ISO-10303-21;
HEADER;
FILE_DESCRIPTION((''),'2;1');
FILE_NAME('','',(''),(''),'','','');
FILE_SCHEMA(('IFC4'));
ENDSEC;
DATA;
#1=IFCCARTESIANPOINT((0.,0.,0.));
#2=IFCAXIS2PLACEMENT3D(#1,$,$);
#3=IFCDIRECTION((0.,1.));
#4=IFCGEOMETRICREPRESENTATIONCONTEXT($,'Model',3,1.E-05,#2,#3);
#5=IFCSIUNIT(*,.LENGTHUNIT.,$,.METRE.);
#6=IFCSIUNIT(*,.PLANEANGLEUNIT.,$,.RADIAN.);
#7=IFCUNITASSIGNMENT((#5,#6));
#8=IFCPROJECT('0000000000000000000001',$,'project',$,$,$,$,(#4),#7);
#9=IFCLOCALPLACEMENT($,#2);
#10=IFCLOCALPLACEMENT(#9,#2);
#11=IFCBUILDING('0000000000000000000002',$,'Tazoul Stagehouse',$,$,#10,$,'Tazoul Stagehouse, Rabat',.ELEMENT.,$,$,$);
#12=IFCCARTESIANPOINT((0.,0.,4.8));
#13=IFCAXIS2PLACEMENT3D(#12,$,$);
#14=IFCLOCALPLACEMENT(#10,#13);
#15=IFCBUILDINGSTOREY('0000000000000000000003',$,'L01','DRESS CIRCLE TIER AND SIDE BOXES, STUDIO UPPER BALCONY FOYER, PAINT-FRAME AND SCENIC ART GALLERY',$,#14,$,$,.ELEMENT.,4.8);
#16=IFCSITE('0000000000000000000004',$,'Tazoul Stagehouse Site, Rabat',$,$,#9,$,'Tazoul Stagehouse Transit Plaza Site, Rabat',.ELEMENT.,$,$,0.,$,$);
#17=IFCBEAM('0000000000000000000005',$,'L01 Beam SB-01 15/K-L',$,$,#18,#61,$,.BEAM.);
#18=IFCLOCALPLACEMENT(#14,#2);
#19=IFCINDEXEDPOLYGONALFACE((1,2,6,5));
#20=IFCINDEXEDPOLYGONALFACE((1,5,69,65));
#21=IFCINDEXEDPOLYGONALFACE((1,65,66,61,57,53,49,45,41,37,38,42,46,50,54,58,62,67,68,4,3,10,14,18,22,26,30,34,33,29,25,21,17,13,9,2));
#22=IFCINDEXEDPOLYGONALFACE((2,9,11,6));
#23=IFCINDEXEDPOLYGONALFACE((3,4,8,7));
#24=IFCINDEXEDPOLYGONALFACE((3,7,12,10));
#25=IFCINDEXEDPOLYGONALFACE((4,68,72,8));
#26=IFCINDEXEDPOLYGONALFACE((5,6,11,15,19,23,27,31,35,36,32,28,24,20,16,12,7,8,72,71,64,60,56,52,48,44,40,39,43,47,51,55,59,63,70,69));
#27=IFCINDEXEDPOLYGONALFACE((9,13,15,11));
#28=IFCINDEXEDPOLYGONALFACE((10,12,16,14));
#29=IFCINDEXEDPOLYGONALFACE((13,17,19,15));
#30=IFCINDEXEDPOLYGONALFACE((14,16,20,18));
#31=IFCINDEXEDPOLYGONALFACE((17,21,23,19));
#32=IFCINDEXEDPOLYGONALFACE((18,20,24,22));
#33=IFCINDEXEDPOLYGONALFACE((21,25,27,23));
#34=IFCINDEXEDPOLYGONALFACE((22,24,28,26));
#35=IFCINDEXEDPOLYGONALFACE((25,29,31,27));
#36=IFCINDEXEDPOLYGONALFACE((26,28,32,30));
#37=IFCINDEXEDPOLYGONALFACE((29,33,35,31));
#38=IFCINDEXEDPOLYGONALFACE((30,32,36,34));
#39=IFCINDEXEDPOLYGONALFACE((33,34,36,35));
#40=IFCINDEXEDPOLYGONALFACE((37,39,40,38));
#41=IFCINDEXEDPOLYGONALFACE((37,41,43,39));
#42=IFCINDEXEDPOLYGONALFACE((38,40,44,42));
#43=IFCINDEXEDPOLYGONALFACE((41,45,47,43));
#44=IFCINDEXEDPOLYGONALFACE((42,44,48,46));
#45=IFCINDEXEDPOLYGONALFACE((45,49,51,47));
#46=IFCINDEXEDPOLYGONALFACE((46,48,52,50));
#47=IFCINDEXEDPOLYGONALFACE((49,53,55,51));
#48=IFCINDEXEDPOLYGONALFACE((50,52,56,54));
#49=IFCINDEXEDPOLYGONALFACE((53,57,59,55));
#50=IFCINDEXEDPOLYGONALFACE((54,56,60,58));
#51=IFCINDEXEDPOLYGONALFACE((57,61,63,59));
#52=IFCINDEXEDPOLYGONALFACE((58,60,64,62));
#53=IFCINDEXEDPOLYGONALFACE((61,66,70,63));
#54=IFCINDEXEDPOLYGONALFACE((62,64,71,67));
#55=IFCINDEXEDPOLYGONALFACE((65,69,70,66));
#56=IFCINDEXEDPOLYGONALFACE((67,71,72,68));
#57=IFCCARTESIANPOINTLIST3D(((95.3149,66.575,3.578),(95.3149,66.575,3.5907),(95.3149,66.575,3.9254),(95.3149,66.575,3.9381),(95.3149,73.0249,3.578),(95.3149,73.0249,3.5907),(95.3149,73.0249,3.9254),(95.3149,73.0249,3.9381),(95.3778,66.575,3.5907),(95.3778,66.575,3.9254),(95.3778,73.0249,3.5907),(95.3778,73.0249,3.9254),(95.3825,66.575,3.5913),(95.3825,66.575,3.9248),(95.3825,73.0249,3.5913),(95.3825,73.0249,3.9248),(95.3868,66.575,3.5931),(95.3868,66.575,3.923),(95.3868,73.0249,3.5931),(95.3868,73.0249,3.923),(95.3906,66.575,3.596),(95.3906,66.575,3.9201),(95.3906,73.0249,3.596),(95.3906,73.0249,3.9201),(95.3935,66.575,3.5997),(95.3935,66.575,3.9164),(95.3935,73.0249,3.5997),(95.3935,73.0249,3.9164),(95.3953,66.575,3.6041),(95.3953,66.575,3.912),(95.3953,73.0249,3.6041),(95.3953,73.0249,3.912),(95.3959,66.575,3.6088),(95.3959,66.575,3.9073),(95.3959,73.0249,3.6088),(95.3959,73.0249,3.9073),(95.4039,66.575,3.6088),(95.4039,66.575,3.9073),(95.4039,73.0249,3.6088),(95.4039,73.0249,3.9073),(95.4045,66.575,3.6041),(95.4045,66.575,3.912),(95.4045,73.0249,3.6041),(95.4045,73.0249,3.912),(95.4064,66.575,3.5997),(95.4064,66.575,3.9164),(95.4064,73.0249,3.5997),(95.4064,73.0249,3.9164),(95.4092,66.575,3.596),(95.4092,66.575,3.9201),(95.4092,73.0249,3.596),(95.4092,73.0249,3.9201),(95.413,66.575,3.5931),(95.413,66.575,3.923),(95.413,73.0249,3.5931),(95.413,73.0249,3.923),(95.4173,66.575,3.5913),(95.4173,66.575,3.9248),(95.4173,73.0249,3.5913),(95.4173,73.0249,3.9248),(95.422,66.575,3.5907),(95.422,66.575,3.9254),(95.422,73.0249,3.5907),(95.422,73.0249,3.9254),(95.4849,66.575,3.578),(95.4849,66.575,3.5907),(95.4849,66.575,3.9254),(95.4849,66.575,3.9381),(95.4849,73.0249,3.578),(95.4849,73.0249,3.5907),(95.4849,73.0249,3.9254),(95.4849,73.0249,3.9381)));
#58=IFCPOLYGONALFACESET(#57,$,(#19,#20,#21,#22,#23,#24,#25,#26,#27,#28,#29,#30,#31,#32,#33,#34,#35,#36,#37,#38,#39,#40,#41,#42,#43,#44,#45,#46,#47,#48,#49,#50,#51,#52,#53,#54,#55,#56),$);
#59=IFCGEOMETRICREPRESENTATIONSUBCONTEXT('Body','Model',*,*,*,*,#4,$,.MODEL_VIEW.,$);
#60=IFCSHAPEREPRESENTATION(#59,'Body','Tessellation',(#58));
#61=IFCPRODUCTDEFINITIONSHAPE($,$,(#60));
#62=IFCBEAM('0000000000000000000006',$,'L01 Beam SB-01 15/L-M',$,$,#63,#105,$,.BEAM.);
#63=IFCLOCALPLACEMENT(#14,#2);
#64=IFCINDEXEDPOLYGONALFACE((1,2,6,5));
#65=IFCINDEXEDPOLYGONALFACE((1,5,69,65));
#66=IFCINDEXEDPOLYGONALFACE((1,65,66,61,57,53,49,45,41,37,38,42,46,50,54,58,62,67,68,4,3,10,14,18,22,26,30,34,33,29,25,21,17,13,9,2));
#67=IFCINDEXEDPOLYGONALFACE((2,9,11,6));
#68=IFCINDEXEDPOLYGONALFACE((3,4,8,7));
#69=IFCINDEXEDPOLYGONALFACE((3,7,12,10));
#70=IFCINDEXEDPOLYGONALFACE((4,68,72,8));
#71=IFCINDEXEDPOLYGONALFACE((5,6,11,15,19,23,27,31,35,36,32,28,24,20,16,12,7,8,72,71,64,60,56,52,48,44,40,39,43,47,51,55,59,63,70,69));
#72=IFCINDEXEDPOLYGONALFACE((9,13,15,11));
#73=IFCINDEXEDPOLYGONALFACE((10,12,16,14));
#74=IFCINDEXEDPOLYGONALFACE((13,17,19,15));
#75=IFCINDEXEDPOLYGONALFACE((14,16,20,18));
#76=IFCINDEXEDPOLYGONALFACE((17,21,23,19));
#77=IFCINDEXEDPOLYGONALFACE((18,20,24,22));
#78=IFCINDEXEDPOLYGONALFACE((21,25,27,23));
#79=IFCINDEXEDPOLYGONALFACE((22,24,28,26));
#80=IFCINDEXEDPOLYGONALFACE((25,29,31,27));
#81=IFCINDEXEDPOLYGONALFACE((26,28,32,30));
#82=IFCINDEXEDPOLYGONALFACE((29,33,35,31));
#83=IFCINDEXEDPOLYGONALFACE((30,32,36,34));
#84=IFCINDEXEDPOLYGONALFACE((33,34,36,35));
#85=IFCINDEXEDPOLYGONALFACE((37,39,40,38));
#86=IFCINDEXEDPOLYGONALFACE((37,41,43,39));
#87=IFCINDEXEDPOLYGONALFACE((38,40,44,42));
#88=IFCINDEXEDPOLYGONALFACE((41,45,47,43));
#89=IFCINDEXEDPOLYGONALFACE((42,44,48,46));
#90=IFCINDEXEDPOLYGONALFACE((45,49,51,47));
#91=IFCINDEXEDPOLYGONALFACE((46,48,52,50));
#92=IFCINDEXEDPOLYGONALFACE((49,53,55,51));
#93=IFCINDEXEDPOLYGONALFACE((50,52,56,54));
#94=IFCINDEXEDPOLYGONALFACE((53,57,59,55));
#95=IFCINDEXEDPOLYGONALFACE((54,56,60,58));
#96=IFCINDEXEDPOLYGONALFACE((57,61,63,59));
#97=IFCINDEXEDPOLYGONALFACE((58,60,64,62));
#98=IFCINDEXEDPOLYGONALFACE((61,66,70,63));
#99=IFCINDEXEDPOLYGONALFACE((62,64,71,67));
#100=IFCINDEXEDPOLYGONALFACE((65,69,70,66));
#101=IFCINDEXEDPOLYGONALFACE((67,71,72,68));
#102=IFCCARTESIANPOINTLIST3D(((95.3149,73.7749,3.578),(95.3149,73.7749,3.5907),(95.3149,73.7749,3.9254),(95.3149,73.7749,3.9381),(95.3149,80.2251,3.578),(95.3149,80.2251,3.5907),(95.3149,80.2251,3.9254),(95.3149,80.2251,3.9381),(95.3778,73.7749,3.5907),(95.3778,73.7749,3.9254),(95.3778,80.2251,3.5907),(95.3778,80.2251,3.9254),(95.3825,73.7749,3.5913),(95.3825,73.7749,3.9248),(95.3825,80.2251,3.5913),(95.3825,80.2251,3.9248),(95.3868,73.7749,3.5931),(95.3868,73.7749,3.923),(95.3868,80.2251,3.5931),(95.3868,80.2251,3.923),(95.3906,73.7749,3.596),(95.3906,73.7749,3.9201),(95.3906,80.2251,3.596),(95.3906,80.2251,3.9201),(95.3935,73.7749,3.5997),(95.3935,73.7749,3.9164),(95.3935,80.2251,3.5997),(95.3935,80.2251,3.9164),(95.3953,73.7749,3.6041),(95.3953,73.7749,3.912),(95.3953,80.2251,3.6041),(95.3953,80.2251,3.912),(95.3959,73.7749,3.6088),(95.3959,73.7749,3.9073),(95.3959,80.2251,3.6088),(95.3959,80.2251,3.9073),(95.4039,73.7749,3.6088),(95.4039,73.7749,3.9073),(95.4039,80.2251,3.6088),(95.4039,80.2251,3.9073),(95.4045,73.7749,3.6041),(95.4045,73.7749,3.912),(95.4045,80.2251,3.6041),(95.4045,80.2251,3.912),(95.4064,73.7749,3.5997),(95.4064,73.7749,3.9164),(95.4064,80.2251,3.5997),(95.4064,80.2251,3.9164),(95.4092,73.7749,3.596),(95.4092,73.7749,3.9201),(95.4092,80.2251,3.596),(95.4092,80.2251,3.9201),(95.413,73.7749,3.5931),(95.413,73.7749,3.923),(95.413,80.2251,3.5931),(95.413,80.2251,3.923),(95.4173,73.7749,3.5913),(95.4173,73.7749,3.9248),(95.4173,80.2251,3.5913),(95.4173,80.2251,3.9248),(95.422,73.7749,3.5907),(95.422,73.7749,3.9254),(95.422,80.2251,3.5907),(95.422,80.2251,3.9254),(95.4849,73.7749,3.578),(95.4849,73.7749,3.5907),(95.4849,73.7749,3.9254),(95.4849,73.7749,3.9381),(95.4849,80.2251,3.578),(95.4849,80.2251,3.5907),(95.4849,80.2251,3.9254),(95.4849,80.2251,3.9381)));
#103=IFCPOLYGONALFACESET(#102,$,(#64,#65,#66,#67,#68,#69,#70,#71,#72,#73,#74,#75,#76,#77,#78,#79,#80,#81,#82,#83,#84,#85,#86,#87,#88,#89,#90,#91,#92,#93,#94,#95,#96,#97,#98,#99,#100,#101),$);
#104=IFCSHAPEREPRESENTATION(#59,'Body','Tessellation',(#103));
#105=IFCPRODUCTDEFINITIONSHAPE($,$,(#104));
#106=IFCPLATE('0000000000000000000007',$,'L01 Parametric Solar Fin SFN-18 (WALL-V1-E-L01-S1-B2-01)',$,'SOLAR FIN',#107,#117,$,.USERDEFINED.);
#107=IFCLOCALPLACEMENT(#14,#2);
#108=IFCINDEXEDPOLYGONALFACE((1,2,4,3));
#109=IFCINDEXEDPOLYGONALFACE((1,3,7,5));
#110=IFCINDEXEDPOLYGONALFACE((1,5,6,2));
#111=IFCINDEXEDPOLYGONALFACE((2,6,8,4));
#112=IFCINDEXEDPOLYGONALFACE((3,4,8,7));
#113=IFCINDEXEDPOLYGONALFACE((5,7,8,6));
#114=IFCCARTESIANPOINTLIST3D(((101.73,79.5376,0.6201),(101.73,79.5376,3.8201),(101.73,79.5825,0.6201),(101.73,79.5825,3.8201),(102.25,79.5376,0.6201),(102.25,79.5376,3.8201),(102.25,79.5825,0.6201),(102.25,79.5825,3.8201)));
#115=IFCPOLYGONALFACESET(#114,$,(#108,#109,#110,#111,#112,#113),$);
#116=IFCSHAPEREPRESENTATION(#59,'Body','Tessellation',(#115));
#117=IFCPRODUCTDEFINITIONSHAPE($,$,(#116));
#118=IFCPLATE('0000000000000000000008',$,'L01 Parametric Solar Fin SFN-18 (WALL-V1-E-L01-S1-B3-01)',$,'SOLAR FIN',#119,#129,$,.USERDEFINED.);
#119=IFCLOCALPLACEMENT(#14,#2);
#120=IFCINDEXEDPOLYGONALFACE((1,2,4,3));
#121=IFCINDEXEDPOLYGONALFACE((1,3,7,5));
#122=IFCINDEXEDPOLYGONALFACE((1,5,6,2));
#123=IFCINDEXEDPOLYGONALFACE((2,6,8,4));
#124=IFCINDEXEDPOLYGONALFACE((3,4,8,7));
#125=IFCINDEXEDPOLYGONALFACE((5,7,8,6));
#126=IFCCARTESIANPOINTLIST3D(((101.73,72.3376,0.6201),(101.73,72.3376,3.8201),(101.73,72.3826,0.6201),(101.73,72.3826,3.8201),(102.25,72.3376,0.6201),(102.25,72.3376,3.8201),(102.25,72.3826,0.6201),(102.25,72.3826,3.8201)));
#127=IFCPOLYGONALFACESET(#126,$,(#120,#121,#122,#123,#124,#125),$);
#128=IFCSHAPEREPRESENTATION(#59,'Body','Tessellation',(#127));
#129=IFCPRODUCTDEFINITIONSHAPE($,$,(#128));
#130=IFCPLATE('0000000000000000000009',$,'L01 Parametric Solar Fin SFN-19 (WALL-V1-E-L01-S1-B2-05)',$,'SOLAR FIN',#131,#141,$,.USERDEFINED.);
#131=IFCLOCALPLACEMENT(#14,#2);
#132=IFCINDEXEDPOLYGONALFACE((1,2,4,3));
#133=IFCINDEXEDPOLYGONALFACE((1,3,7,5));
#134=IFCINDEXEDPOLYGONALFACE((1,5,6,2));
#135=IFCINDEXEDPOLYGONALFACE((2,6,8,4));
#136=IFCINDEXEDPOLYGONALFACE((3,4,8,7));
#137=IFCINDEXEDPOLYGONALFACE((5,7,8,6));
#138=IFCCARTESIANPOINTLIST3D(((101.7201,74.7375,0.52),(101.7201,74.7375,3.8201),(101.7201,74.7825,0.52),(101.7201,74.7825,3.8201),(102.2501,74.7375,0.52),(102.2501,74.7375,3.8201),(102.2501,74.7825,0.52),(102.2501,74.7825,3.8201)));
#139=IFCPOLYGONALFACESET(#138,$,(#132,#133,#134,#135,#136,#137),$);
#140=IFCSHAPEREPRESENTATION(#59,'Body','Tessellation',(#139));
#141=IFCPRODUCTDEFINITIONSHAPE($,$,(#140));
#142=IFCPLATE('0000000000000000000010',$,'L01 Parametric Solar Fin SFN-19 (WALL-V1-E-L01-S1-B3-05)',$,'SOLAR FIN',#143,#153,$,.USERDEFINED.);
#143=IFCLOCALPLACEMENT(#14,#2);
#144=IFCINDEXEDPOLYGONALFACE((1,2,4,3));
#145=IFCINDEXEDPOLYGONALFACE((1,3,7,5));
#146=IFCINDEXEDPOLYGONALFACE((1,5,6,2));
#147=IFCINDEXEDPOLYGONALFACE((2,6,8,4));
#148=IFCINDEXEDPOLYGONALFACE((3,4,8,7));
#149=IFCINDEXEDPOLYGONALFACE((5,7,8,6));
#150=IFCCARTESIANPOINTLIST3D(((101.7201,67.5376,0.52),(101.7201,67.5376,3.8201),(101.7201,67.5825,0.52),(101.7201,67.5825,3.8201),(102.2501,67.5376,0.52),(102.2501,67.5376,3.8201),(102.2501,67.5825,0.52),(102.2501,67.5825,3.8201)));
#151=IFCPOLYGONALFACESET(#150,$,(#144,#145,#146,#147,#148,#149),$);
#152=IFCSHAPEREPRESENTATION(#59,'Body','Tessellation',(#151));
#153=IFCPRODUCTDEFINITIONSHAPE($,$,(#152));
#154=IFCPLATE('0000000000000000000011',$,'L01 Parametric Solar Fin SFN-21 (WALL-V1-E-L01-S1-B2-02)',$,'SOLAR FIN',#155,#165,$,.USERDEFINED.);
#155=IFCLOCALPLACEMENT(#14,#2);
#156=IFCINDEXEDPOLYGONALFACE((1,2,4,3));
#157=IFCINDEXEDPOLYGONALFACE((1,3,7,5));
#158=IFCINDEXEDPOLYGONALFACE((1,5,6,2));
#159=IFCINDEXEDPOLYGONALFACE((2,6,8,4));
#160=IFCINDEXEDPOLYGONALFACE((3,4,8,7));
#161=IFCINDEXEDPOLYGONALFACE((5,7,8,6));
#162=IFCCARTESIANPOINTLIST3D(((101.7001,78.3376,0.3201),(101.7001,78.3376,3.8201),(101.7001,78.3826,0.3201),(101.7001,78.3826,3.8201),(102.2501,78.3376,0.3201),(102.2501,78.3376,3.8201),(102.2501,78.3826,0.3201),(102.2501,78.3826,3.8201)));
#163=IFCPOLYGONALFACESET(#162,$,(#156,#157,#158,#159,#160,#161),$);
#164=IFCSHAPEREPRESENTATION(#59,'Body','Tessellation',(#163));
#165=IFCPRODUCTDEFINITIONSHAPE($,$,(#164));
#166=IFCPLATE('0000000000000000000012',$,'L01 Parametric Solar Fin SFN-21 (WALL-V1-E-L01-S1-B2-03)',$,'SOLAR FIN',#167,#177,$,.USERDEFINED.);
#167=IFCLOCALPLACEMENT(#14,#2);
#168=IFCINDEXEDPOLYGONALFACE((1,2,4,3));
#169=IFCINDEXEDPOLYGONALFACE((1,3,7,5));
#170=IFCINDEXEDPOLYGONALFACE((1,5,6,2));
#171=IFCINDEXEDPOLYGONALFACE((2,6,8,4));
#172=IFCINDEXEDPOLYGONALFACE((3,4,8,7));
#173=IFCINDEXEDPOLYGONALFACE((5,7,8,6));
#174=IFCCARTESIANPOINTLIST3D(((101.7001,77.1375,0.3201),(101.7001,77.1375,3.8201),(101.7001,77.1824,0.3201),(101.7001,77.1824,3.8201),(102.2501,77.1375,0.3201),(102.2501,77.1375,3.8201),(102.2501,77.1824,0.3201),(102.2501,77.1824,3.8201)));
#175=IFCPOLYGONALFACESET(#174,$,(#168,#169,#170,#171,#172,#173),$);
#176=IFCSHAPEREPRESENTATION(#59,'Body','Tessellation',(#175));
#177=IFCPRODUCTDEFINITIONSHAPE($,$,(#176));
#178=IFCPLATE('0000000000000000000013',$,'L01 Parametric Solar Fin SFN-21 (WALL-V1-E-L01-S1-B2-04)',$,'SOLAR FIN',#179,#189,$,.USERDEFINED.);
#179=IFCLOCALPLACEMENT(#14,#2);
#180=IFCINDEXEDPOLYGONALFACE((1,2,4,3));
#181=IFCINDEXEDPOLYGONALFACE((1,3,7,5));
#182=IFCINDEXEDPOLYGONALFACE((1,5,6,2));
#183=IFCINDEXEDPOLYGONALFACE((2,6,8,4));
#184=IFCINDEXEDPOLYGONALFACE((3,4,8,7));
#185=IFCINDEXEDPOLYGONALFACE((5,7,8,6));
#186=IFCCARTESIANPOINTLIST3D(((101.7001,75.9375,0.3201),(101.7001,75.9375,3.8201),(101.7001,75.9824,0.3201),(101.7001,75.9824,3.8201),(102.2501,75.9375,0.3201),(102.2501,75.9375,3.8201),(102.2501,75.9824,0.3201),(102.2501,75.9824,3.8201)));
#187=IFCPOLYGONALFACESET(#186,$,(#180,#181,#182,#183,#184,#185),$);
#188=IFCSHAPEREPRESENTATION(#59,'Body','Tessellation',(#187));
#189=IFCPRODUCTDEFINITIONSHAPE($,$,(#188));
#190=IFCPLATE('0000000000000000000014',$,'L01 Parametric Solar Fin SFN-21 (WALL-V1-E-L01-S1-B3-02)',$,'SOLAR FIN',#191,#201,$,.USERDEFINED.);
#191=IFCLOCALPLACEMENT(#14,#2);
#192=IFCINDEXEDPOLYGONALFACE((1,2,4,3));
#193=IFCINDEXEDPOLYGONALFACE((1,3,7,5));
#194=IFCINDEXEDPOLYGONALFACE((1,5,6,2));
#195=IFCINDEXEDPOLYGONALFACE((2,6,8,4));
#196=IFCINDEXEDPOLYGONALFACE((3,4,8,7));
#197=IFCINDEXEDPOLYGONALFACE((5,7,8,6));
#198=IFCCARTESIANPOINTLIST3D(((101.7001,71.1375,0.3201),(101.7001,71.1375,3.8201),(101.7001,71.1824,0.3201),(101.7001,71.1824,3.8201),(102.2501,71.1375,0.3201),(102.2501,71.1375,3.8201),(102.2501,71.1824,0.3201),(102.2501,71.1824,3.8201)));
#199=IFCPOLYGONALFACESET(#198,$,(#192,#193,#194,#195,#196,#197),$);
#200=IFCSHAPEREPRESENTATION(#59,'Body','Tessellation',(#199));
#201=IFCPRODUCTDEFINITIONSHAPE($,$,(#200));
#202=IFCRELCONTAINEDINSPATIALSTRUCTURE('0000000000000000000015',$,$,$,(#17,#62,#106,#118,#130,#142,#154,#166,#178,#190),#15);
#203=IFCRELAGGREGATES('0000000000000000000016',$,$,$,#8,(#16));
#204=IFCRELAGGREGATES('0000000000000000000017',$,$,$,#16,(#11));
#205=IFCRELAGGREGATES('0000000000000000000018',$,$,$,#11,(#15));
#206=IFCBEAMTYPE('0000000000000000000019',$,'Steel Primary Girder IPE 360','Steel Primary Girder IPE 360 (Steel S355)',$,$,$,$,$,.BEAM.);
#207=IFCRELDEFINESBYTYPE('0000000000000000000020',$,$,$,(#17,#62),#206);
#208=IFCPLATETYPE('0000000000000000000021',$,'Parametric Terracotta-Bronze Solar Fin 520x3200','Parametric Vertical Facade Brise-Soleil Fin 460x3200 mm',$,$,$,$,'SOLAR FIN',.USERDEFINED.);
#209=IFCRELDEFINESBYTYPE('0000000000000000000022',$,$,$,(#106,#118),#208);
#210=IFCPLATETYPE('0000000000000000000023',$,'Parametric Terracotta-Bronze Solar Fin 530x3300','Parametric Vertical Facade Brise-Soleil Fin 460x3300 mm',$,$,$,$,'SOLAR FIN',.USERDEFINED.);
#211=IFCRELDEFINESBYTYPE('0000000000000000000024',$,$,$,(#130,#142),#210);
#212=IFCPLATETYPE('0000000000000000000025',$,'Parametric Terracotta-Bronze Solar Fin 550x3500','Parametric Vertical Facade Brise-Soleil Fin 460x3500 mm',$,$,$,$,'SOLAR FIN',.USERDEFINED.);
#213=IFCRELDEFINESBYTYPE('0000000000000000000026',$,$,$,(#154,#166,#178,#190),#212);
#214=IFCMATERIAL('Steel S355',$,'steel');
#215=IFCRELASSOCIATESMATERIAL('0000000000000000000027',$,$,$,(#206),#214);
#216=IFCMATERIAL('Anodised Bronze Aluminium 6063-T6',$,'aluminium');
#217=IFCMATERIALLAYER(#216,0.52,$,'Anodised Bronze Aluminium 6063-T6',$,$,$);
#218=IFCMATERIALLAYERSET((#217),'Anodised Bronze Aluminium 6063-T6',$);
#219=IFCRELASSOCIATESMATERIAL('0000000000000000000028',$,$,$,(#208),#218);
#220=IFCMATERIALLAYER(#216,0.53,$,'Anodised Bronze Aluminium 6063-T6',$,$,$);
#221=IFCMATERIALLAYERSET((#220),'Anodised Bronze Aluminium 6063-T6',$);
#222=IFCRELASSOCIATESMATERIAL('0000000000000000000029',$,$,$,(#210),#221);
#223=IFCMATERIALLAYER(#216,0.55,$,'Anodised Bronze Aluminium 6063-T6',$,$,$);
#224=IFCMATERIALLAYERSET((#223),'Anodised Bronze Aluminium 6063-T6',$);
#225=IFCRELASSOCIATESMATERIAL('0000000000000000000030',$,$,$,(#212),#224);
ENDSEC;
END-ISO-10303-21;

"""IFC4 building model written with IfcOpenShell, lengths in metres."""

from ifc_helpers import new_model, si_unit, direction, frame, origin, origin_2d, place, context, subcontext, project, spatial, rectangle, i_section, extrude, material, layer, layer_set, material_profile, profile_set, type_object, element, save


model = new_model("IFC4")

# Units and contexts
model_context = context("Model", 3, precision=1e-05, world=origin(), true_north=direction((0.0, 1.0)))
body_context = subcontext(model_context, "Body", "Model", "MODEL_VIEW")
ifc_project = project(units=[si_unit("LENGTHUNIT", "METRE"), si_unit("PLANEANGLEUNIT", "RADIAN")], contexts=[model_context])

# Site, building, storey
site_placement = place(None, origin())
site = spatial("IfcSite", under=ifc_project, at=site_placement, Name="Tazoul Stagehouse Site, Rabat", LongName="Tazoul Stagehouse Transit Plaza Site, Rabat", CompositionType="ELEMENT", RefElevation=0.0)
building_placement = place(site_placement, origin())
building = spatial("IfcBuilding", under=site, at=building_placement, Name="Tazoul Stagehouse", LongName="Tazoul Stagehouse, Rabat", CompositionType="ELEMENT")
storey_placement = place(building_placement, frame((0.0, 0.0, 4.8)))
storey = spatial("IfcBuildingStorey", under=building, at=storey_placement, Name="L01", Description="DRESS CIRCLE TIER AND SIDE BOXES, STUDIO UPPER BALCONY FOYER, PAINT-FRAME AND SCENIC ART GALLERY", CompositionType="ELEMENT", Elevation=4.8)

# Beams
ifc_material_1 = material(Name="Steel S355", Category="steel")
ifc_material_profile_1 = material_profile(ifc_material_1, i_section(OverallWidth=0.1699, OverallDepth=0.3601, WebThickness=0.0081, FlangeThickness=0.0127, FilletRadius=0.0181, at=origin_2d()), Name="IPE 360")
ifc_profile_set_1 = profile_set([ifc_material_profile_1], Name="Steel S355")
beam_type_1 = type_object("IfcBeamType", Name="Steel Primary Girder IPE 360", Description="Steel Primary Girder IPE 360 (Steel S355)", PredefinedType="BEAM", material=ifc_profile_set_1)
beam_1_placement = place(storey_placement, frame((95.3999, 66.575, 3.7581), z_axis=(0.0, 1.0, 0.0), x_axis=(-1.0, 0.0, 0.0)))
element("IfcBeam", 1, at=beam_1_placement, inside=storey, type_object=beam_type_1, Name="L01 Beam SB-01 15/K-L", PredefinedType="BEAM", context=body_context, shape_type="SweptSolid", body=[
    extrude(i_section(OverallWidth=0.1699, OverallDepth=0.3601, WebThickness=0.0081, FlangeThickness=0.0127, FilletRadius=0.0181, at=origin_2d()), origin(), (0.0, 0.0, 1.0), 6.45),
])
beam_2_placement = place(storey_placement, frame((95.3999, 73.7749, 3.7581), z_axis=(0.0, 1.0, 0.0), x_axis=(-1.0, 0.0, 0.0)))
element("IfcBeam", 2, at=beam_2_placement, inside=storey, type_object=beam_type_1, Name="L01 Beam SB-01 15/L-M", PredefinedType="BEAM", context=body_context, shape_type="SweptSolid", body=[
    extrude(i_section(OverallWidth=0.1699, OverallDepth=0.3601, WebThickness=0.0081, FlangeThickness=0.0127, FilletRadius=0.0181, at=origin_2d()), origin(), (0.0, 0.0, 1.0), 6.4502),
])

# Plates
ifc_material_2 = material(Name="Anodised Bronze Aluminium 6063-T6", Category="aluminium")
ifc_layer_1 = layer(ifc_material_2, 0.52, Name="Anodised Bronze Aluminium 6063-T6")
ifc_layer_set_1 = layer_set([ifc_layer_1], Name="Anodised Bronze Aluminium 6063-T6")
plate_type_1 = type_object("IfcPlateType", Name="Parametric Terracotta-Bronze Solar Fin 520x3200", Description="Parametric Vertical Facade Brise-Soleil Fin 460x3200 mm", ElementType="SOLAR FIN", PredefinedType="USERDEFINED", material=ifc_layer_set_1)
for number, where, z_axis, x_axis, name in (
    (3, (101.99, 79.5601, 0.6201), (0.0, 0.0, 1.0), (0.0, -1.0, 0.0), "L01 Parametric Solar Fin SFN-18 (WALL-V1-E-L01-S1-B2-01)"),
    (4, (101.99, 72.3601, 0.6201), (0.0, 0.0, 1.0), (0.0, -1.0, 0.0), "L01 Parametric Solar Fin SFN-18 (WALL-V1-E-L01-S1-B3-01)"),
):
    element("IfcPlate", number, at=place(storey_placement, frame(where, z_axis=z_axis, x_axis=x_axis)), inside=storey, type_object=plate_type_1, Name=name, ObjectType="SOLAR FIN", PredefinedType="USERDEFINED", context=body_context, shape_type="SweptSolid", body=[
        extrude(rectangle(XDim=0.0449, YDim=0.52, at=origin_2d()), origin(), (0.0, 0.0, 1.0), 3.2),
    ])
ifc_layer_2 = layer(ifc_material_2, 0.53, Name="Anodised Bronze Aluminium 6063-T6")
ifc_layer_set_2 = layer_set([ifc_layer_2], Name="Anodised Bronze Aluminium 6063-T6")
plate_type_2 = type_object("IfcPlateType", Name="Parametric Terracotta-Bronze Solar Fin 530x3300", Description="Parametric Vertical Facade Brise-Soleil Fin 460x3300 mm", ElementType="SOLAR FIN", PredefinedType="USERDEFINED", material=ifc_layer_set_2)
for number, where, z_axis, x_axis, name in (
    (5, (101.9851, 74.76, 0.52), (0.0, 0.0, 1.0), (0.0, -1.0, 0.0), "L01 Parametric Solar Fin SFN-19 (WALL-V1-E-L01-S1-B2-05)"),
    (6, (101.9851, 67.5601, 0.52), (0.0, 0.0, 1.0), (0.0, -1.0, 0.0), "L01 Parametric Solar Fin SFN-19 (WALL-V1-E-L01-S1-B3-05)"),
):
    element("IfcPlate", number, at=place(storey_placement, frame(where, z_axis=z_axis, x_axis=x_axis)), inside=storey, type_object=plate_type_2, Name=name, ObjectType="SOLAR FIN", PredefinedType="USERDEFINED", context=body_context, shape_type="SweptSolid", body=[
        extrude(rectangle(XDim=0.0449, YDim=0.53, at=origin_2d()), origin(), (0.0, 0.0, 1.0), 3.3),
    ])
ifc_layer_3 = layer(ifc_material_2, 0.55, Name="Anodised Bronze Aluminium 6063-T6")
ifc_layer_set_3 = layer_set([ifc_layer_3], Name="Anodised Bronze Aluminium 6063-T6")
plate_type_3 = type_object("IfcPlateType", Name="Parametric Terracotta-Bronze Solar Fin 550x3500", Description="Parametric Vertical Facade Brise-Soleil Fin 460x3500 mm", ElementType="SOLAR FIN", PredefinedType="USERDEFINED", material=ifc_layer_set_3)
for number, where, z_axis, x_axis, name in (
    (7, (101.9751, 78.3601, 0.3201), (0.0, 0.0, 1.0), (0.0, -1.0, 0.0), "L01 Parametric Solar Fin SFN-21 (WALL-V1-E-L01-S1-B2-02)"),
    (8, (101.9751, 77.1599, 0.3201), (0.0, 0.0, 1.0), (0.0, -1.0, 0.0), "L01 Parametric Solar Fin SFN-21 (WALL-V1-E-L01-S1-B2-03)"),
    (9, (101.9751, 75.96, 0.3201), (0.0, 0.0, 1.0), (0.0, -1.0, 0.0), "L01 Parametric Solar Fin SFN-21 (WALL-V1-E-L01-S1-B2-04)"),
    (10, (101.9751, 71.1599, 0.3201), (0.0, 0.0, 1.0), (0.0, -1.0, 0.0), "L01 Parametric Solar Fin SFN-21 (WALL-V1-E-L01-S1-B3-02)"),
):
    element("IfcPlate", number, at=place(storey_placement, frame(where, z_axis=z_axis, x_axis=x_axis)), inside=storey, type_object=plate_type_3, Name=name, ObjectType="SOLAR FIN", PredefinedType="USERDEFINED", context=body_context, shape_type="SweptSolid", body=[
        extrude(rectangle(XDim=0.0449, YDim=0.55, at=origin_2d()), origin(), (0.0, 0.0, 1.0), 3.5),
    ])

save(model, "model.ifc")
